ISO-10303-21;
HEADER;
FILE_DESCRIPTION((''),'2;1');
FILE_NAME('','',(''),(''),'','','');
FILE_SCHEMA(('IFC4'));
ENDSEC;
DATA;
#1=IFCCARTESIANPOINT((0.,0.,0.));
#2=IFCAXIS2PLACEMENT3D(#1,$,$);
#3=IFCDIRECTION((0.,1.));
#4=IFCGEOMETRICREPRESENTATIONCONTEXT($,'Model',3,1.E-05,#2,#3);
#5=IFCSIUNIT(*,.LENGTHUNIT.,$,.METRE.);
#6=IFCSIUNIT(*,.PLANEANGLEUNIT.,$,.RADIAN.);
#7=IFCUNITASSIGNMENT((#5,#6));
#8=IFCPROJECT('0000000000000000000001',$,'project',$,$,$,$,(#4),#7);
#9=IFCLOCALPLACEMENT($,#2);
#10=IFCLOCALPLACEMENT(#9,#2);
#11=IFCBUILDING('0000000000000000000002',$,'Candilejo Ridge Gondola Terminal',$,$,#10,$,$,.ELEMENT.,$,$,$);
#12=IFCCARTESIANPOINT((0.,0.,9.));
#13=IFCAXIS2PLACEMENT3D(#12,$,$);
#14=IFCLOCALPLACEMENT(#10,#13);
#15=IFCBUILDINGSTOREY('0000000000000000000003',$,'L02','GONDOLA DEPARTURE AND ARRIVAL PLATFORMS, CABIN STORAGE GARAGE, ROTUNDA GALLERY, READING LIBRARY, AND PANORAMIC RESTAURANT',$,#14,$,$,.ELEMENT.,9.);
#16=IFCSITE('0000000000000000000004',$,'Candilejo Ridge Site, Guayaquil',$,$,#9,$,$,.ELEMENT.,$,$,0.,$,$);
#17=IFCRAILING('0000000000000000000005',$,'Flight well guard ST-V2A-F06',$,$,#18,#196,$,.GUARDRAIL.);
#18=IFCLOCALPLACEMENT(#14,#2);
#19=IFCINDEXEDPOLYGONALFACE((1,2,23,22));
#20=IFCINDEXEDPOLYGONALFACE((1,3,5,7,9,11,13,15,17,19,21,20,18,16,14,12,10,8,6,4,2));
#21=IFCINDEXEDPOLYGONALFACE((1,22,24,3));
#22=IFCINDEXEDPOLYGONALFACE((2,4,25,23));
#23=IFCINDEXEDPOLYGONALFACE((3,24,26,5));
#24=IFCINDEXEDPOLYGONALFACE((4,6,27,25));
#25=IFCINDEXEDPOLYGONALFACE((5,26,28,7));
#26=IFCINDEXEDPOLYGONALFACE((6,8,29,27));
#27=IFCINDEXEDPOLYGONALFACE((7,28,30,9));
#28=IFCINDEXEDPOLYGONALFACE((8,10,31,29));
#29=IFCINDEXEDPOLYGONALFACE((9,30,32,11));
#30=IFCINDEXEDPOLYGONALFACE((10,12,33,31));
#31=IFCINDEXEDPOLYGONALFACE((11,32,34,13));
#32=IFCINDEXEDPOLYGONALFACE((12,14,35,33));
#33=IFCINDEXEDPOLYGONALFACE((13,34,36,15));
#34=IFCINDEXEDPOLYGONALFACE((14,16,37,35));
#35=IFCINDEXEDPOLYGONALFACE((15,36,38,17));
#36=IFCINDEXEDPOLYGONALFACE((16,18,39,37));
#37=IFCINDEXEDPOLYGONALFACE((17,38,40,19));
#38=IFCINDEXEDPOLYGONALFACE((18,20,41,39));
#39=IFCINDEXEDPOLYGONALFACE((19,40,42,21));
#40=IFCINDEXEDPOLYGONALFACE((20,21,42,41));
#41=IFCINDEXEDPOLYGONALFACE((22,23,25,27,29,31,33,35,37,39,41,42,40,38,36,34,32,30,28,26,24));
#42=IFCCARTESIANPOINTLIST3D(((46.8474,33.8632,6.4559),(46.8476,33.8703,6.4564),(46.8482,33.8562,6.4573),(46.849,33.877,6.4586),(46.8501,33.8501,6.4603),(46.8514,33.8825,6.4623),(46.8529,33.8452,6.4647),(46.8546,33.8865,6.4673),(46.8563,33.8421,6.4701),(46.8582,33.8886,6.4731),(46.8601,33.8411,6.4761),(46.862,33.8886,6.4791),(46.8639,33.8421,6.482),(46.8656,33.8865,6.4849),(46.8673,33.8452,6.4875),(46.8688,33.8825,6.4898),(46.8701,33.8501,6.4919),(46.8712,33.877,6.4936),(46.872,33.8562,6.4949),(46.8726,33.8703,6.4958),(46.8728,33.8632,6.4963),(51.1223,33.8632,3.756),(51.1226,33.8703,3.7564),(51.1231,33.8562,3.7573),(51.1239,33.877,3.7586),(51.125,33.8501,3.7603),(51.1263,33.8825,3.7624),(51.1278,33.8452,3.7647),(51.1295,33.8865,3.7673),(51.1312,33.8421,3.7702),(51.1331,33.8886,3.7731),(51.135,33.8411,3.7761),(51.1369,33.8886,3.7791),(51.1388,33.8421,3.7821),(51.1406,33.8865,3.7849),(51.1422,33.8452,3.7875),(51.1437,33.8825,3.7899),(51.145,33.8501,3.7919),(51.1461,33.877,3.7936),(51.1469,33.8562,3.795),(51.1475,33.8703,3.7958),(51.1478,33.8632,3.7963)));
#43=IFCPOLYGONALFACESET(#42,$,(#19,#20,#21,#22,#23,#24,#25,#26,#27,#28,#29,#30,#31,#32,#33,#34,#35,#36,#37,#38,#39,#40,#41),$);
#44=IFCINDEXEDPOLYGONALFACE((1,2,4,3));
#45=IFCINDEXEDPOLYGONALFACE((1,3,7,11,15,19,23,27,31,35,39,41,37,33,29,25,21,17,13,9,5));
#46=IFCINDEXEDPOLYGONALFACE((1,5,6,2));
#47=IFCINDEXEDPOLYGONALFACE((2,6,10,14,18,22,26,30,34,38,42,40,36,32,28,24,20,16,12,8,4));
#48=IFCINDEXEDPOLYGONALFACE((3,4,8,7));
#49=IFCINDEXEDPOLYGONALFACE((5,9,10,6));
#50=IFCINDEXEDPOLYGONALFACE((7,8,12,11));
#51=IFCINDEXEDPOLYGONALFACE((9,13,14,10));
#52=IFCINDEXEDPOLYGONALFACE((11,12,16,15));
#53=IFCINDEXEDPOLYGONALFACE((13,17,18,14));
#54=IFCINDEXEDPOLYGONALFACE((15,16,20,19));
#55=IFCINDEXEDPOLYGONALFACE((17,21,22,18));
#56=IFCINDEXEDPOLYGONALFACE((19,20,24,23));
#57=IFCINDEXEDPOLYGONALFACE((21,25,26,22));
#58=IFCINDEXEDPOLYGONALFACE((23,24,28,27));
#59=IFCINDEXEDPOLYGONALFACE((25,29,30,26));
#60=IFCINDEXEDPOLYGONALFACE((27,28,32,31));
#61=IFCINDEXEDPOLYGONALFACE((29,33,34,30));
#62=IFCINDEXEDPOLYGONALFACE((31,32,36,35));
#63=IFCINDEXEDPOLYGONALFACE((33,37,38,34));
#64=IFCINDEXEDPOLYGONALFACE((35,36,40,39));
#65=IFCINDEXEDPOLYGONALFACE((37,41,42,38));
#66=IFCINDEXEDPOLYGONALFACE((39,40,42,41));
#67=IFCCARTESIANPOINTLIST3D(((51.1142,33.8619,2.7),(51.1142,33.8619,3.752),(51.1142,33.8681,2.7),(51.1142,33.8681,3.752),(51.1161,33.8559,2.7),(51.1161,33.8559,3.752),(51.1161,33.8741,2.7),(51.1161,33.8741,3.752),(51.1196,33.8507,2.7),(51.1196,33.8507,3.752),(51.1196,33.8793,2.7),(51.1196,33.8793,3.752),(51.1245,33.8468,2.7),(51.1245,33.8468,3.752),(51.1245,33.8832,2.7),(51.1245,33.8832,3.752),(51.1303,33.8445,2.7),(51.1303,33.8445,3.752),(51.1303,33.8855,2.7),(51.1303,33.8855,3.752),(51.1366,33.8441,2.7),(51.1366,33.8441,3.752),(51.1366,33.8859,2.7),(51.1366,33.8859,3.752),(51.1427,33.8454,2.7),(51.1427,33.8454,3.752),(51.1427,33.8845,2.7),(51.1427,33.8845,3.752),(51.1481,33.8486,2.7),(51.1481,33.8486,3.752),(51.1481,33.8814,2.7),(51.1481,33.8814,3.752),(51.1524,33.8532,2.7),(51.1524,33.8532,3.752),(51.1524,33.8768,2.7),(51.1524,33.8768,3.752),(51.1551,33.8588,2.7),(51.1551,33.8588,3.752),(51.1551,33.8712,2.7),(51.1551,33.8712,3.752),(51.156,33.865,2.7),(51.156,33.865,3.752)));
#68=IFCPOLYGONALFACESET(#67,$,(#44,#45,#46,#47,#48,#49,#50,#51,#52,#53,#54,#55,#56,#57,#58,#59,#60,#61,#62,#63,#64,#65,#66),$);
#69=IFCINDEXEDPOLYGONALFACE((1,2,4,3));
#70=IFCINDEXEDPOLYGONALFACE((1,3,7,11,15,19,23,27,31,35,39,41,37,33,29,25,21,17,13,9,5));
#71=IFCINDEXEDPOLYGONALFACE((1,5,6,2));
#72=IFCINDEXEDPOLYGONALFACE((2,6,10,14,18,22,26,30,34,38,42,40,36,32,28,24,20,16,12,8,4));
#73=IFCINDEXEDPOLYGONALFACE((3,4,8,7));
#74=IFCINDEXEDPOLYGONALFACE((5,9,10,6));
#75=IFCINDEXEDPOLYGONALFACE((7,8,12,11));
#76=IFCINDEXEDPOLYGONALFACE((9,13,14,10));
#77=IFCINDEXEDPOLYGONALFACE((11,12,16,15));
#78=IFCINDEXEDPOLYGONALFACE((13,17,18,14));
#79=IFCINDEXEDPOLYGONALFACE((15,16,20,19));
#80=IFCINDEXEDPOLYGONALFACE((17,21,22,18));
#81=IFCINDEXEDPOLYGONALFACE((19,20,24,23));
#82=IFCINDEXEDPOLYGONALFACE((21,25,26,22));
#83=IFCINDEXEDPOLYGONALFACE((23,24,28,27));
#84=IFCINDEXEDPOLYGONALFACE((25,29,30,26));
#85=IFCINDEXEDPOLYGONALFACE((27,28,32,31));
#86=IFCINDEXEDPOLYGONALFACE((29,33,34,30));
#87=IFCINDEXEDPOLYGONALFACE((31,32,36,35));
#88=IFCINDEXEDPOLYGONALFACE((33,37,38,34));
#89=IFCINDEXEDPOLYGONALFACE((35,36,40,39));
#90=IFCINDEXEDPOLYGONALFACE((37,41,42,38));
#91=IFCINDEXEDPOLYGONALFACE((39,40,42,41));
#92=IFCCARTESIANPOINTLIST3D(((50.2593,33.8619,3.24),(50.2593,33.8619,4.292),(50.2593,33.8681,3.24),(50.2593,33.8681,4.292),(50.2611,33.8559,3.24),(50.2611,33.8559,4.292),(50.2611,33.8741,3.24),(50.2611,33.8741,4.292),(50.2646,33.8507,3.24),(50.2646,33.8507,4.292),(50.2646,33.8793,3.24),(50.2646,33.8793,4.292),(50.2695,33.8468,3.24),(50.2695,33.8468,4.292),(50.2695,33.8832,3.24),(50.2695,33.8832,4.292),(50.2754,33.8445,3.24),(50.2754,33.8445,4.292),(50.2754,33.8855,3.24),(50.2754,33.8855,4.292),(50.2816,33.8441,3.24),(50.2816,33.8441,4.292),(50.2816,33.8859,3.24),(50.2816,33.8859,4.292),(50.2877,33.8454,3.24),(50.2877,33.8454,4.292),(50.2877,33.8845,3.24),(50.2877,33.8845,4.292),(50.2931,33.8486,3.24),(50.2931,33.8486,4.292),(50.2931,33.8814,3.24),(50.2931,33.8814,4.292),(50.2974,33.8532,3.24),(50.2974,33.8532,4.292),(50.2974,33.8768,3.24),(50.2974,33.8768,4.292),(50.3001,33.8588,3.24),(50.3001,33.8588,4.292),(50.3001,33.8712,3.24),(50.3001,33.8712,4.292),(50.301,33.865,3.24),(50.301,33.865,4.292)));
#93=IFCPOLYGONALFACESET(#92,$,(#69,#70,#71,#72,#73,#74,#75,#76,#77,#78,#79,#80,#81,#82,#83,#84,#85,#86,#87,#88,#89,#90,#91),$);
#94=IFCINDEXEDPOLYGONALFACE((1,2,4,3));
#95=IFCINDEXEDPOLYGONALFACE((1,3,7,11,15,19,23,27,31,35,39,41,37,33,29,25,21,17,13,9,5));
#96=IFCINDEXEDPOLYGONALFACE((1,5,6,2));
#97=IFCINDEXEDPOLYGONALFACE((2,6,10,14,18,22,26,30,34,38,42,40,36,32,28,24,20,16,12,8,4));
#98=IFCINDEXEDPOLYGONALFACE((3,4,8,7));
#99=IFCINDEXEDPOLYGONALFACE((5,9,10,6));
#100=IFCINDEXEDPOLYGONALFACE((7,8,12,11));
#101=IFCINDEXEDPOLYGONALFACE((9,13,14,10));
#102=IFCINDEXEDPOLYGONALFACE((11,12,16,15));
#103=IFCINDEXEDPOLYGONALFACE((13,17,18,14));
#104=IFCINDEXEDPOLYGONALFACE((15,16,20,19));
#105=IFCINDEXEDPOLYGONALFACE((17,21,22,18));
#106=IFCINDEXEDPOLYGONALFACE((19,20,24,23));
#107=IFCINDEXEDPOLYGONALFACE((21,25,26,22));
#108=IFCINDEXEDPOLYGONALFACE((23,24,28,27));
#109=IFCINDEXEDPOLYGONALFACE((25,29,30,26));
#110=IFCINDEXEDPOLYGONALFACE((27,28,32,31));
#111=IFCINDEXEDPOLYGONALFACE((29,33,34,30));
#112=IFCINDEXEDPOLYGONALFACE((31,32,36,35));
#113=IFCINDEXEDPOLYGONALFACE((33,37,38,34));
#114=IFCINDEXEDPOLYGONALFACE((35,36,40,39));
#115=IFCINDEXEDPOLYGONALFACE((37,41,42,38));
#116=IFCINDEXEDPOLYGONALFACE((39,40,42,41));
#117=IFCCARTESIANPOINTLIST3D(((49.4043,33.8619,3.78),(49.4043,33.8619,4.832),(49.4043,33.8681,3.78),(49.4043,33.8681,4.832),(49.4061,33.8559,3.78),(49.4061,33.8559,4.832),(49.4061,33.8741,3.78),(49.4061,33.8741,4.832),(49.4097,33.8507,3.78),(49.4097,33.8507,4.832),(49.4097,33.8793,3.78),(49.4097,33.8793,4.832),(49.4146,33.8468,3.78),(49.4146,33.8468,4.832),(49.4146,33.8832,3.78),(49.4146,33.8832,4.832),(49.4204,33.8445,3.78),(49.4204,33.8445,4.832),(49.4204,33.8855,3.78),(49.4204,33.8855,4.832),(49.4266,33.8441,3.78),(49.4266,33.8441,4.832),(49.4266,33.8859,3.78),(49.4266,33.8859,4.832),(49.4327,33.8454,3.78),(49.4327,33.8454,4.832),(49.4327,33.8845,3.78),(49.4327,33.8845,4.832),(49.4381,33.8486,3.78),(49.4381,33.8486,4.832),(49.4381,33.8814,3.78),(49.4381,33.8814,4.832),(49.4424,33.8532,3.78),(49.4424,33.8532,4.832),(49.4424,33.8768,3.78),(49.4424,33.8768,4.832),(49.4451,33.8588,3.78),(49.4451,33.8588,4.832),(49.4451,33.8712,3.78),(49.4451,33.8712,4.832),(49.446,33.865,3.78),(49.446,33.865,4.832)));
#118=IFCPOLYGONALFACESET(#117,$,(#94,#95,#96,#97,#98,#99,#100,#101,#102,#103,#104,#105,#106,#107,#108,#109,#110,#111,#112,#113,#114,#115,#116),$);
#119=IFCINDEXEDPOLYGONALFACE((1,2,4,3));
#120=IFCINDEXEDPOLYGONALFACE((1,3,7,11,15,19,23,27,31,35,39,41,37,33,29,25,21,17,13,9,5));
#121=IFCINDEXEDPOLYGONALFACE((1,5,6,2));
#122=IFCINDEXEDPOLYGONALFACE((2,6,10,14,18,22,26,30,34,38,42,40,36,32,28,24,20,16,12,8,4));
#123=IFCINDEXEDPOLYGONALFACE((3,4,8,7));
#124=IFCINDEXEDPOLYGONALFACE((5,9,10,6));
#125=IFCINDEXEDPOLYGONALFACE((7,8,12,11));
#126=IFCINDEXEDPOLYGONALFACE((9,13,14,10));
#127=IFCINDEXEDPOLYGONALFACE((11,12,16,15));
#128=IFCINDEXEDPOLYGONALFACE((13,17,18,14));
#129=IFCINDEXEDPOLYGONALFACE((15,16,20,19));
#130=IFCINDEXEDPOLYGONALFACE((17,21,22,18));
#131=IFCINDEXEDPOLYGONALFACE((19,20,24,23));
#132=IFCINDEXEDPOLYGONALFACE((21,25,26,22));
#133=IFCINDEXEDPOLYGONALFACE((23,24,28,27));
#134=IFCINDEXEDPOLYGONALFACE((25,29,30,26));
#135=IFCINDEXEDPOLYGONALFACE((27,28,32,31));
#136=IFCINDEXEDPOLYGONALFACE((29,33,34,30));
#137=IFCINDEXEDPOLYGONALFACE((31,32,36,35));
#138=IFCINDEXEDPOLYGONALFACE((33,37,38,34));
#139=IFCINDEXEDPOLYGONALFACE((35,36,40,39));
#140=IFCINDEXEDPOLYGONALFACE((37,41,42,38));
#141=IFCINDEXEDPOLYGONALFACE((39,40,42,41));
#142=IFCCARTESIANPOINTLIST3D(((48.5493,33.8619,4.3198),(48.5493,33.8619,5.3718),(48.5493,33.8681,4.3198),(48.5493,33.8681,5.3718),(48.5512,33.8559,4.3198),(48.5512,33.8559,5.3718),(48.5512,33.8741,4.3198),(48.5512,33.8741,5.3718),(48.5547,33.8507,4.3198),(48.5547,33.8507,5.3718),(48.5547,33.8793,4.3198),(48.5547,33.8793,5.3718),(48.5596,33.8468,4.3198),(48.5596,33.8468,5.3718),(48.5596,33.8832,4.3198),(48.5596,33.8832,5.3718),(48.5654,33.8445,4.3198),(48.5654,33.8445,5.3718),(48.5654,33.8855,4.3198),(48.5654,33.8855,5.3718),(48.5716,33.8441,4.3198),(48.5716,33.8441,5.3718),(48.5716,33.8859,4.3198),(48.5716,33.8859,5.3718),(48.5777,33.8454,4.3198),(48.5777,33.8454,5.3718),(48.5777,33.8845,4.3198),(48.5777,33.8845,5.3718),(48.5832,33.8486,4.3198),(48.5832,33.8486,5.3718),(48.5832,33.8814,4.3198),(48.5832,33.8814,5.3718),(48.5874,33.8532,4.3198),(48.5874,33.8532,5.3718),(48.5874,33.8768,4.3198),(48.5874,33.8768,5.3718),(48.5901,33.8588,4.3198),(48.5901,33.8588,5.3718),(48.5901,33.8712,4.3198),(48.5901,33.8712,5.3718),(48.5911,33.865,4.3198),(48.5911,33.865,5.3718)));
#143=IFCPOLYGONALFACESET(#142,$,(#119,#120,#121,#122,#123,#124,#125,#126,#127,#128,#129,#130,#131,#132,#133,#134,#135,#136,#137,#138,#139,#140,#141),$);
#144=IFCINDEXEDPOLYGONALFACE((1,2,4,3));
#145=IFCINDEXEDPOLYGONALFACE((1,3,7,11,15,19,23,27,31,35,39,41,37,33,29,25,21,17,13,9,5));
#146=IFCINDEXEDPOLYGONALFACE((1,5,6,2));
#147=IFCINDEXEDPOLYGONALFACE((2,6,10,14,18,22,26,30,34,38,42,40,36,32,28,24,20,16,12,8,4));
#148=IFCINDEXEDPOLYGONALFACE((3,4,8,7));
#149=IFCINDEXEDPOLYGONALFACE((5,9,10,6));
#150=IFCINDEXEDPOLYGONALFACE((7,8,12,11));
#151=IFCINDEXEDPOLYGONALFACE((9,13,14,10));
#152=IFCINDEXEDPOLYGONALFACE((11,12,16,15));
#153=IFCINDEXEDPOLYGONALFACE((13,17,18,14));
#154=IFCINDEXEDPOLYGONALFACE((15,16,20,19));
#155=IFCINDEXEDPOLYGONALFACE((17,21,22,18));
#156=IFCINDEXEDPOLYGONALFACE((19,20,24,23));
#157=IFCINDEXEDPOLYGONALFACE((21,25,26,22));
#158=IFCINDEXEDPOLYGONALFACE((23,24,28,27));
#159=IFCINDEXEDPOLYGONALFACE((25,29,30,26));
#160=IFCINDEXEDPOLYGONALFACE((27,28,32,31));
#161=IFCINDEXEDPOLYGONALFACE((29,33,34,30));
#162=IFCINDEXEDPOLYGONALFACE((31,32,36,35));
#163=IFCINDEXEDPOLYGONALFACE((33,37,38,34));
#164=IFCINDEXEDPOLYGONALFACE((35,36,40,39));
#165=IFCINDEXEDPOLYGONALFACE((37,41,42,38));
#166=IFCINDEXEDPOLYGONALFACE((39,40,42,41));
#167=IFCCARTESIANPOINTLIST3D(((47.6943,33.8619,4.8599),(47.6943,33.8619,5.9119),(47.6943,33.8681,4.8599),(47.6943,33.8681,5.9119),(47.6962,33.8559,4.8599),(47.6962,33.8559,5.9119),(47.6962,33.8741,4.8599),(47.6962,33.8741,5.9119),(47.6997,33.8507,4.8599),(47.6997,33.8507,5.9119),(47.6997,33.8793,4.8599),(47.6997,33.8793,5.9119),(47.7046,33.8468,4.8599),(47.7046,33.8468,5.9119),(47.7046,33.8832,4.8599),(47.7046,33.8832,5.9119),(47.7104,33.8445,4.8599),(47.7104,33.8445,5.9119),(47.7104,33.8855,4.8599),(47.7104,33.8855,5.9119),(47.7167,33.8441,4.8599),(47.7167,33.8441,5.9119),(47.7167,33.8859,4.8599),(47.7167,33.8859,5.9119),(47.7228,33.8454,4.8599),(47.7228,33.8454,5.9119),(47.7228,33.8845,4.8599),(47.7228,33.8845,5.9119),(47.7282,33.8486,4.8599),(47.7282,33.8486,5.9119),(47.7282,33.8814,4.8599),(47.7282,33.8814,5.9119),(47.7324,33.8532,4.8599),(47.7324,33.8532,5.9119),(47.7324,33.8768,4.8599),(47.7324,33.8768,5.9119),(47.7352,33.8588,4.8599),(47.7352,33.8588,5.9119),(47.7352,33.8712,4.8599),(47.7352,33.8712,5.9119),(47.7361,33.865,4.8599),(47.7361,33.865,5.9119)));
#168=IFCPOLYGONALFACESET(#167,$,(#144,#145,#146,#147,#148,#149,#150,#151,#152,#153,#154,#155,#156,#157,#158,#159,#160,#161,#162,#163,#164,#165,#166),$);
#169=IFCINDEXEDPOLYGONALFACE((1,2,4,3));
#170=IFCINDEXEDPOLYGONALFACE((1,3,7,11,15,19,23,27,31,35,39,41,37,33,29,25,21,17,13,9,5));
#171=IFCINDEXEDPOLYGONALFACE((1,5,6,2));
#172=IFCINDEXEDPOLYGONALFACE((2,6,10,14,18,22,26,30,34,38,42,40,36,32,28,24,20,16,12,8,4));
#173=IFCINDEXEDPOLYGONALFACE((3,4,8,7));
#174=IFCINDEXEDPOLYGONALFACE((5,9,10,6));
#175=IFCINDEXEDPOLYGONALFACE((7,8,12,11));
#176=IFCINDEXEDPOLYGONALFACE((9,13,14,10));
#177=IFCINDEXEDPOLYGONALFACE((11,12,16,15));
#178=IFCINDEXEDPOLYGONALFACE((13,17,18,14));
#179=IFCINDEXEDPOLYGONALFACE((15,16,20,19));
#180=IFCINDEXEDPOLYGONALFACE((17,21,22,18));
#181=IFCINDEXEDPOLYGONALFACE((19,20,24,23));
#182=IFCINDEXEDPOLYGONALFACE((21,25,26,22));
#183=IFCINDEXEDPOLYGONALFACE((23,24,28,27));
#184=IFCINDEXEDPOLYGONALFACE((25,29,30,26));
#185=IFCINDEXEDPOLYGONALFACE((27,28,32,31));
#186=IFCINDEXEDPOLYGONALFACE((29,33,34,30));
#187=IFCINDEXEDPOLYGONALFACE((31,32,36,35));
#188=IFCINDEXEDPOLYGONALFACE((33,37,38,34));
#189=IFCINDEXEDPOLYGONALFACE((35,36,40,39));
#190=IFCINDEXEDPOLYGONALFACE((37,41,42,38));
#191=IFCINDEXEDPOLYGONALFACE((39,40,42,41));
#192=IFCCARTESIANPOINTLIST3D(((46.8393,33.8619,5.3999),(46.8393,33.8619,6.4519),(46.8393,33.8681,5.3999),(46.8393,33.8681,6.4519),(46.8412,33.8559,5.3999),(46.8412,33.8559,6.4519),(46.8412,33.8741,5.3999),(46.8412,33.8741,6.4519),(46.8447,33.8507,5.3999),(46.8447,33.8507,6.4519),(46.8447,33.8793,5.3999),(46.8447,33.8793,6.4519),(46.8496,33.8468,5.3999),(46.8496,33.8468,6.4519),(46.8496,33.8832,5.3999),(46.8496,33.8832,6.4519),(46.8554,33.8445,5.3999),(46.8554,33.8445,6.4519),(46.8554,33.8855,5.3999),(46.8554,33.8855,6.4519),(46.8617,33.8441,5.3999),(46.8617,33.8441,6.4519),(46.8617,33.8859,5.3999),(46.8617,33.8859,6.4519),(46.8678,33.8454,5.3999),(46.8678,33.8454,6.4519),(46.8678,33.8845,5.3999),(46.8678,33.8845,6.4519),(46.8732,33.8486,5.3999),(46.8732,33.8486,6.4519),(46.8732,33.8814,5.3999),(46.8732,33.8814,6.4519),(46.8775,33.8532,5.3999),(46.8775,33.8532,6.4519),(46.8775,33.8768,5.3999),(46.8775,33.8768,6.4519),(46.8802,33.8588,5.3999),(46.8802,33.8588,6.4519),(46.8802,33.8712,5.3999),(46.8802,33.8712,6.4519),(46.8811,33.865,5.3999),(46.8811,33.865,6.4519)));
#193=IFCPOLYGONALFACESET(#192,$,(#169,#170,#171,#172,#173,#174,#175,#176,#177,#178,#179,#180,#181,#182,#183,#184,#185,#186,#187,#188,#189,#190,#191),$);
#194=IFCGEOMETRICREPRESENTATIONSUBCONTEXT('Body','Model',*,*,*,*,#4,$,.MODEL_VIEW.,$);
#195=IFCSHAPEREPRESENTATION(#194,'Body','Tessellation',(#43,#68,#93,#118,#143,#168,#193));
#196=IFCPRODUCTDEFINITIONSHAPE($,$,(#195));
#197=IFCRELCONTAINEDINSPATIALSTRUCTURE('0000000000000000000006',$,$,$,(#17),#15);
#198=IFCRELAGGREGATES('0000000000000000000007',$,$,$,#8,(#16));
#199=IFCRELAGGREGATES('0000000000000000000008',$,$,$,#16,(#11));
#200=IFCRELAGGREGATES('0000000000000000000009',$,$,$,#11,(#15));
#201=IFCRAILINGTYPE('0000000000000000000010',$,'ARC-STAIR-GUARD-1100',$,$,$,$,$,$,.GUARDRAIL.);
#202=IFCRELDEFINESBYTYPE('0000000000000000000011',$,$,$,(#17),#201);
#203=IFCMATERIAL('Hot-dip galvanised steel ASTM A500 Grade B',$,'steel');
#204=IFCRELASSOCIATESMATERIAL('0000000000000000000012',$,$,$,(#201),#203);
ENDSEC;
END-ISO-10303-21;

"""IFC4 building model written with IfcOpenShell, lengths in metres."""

from ifc_helpers import new_model, si_unit, direction, frame, origin, origin_2d, place, context, subcontext, project, spatial, circle, extrude, material, type_object, element, save


model = new_model("IFC4")

# Units and contexts
model_context = context("Model", 3, precision=1e-05, world=origin(), true_north=direction((0.0, 1.0)))
body_context = subcontext(model_context, "Body", "Model", "MODEL_VIEW")
ifc_project = project(units=[si_unit("LENGTHUNIT", "METRE"), si_unit("PLANEANGLEUNIT", "RADIAN")], contexts=[model_context])

# Site, building, storey
site_placement = place(None, origin())
site = spatial("IfcSite", under=ifc_project, at=site_placement, Name="Candilejo Ridge Site, Guayaquil", CompositionType="ELEMENT", RefElevation=0.0)
building_placement = place(site_placement, origin())
building = spatial("IfcBuilding", under=site, at=building_placement, Name="Candilejo Ridge Gondola Terminal", CompositionType="ELEMENT")
storey_placement = place(building_placement, frame((0.0, 0.0, 9.0)))
storey = spatial("IfcBuildingStorey", under=building, at=storey_placement, Name="L02", Description="GONDOLA DEPARTURE AND ARRIVAL PLATFORMS, CABIN STORAGE GARAGE, ROTUNDA GALLERY, READING LIBRARY, AND PANORAMIC RESTAURANT", CompositionType="ELEMENT", Elevation=9.0)

# Railing
ifc_material_1 = material(Name="Hot-dip galvanised steel ASTM A500 Grade B", Category="steel")
railing_type_1 = type_object("IfcRailingType", Name="ARC-STAIR-GUARD-1100", PredefinedType="GUARDRAIL", material=ifc_material_1)
railing_1_placement = place(storey_placement, frame((51.135, 33.865, 2.7)))
element("IfcRailing", 1, at=railing_1_placement, inside=storey, type_object=railing_type_1, Name="Flight well guard ST-V2A-F06", PredefinedType="GUARDRAIL", context=body_context, shape_type="SweptSolid", body=[
    extrude(circle(Radius=0.0239, at=origin_2d()), frame((0.0, 0.0, 1.0762), z_axis=(-0.845488, 0.0, 0.533995), x_axis=(0.0, -1.0, 0.0)), (0.0, 0.0, 1.0), 5.0562),
    extrude(circle(Radius=0.021, at=origin_2d()), origin(), (0.0, 0.0, 1.0), 1.052),
    extrude(circle(Radius=0.021, at=origin_2d()), frame((-0.855, 0.0, 0.54)), (0.0, 0.0, 1.0), 1.052),
    extrude(circle(Radius=0.021, at=origin_2d()), frame((-1.71, 0.0, 1.0801)), (0.0, 0.0, 1.0), 1.052),
    extrude(circle(Radius=0.021, at=origin_2d()), frame((-2.5649, 0.0, 1.6199)), (0.0, 0.0, 1.0), 1.052),
    extrude(circle(Radius=0.021, at=origin_2d()), frame((-3.4199, 0.0, 2.1599)), (0.0, 0.0, 1.0), 1.052),
    extrude(circle(Radius=0.021, at=origin_2d()), frame((-4.2749, 0.0, 2.7)), (0.0, 0.0, 1.0), 1.052),
])

save(model, "model.ifc")
